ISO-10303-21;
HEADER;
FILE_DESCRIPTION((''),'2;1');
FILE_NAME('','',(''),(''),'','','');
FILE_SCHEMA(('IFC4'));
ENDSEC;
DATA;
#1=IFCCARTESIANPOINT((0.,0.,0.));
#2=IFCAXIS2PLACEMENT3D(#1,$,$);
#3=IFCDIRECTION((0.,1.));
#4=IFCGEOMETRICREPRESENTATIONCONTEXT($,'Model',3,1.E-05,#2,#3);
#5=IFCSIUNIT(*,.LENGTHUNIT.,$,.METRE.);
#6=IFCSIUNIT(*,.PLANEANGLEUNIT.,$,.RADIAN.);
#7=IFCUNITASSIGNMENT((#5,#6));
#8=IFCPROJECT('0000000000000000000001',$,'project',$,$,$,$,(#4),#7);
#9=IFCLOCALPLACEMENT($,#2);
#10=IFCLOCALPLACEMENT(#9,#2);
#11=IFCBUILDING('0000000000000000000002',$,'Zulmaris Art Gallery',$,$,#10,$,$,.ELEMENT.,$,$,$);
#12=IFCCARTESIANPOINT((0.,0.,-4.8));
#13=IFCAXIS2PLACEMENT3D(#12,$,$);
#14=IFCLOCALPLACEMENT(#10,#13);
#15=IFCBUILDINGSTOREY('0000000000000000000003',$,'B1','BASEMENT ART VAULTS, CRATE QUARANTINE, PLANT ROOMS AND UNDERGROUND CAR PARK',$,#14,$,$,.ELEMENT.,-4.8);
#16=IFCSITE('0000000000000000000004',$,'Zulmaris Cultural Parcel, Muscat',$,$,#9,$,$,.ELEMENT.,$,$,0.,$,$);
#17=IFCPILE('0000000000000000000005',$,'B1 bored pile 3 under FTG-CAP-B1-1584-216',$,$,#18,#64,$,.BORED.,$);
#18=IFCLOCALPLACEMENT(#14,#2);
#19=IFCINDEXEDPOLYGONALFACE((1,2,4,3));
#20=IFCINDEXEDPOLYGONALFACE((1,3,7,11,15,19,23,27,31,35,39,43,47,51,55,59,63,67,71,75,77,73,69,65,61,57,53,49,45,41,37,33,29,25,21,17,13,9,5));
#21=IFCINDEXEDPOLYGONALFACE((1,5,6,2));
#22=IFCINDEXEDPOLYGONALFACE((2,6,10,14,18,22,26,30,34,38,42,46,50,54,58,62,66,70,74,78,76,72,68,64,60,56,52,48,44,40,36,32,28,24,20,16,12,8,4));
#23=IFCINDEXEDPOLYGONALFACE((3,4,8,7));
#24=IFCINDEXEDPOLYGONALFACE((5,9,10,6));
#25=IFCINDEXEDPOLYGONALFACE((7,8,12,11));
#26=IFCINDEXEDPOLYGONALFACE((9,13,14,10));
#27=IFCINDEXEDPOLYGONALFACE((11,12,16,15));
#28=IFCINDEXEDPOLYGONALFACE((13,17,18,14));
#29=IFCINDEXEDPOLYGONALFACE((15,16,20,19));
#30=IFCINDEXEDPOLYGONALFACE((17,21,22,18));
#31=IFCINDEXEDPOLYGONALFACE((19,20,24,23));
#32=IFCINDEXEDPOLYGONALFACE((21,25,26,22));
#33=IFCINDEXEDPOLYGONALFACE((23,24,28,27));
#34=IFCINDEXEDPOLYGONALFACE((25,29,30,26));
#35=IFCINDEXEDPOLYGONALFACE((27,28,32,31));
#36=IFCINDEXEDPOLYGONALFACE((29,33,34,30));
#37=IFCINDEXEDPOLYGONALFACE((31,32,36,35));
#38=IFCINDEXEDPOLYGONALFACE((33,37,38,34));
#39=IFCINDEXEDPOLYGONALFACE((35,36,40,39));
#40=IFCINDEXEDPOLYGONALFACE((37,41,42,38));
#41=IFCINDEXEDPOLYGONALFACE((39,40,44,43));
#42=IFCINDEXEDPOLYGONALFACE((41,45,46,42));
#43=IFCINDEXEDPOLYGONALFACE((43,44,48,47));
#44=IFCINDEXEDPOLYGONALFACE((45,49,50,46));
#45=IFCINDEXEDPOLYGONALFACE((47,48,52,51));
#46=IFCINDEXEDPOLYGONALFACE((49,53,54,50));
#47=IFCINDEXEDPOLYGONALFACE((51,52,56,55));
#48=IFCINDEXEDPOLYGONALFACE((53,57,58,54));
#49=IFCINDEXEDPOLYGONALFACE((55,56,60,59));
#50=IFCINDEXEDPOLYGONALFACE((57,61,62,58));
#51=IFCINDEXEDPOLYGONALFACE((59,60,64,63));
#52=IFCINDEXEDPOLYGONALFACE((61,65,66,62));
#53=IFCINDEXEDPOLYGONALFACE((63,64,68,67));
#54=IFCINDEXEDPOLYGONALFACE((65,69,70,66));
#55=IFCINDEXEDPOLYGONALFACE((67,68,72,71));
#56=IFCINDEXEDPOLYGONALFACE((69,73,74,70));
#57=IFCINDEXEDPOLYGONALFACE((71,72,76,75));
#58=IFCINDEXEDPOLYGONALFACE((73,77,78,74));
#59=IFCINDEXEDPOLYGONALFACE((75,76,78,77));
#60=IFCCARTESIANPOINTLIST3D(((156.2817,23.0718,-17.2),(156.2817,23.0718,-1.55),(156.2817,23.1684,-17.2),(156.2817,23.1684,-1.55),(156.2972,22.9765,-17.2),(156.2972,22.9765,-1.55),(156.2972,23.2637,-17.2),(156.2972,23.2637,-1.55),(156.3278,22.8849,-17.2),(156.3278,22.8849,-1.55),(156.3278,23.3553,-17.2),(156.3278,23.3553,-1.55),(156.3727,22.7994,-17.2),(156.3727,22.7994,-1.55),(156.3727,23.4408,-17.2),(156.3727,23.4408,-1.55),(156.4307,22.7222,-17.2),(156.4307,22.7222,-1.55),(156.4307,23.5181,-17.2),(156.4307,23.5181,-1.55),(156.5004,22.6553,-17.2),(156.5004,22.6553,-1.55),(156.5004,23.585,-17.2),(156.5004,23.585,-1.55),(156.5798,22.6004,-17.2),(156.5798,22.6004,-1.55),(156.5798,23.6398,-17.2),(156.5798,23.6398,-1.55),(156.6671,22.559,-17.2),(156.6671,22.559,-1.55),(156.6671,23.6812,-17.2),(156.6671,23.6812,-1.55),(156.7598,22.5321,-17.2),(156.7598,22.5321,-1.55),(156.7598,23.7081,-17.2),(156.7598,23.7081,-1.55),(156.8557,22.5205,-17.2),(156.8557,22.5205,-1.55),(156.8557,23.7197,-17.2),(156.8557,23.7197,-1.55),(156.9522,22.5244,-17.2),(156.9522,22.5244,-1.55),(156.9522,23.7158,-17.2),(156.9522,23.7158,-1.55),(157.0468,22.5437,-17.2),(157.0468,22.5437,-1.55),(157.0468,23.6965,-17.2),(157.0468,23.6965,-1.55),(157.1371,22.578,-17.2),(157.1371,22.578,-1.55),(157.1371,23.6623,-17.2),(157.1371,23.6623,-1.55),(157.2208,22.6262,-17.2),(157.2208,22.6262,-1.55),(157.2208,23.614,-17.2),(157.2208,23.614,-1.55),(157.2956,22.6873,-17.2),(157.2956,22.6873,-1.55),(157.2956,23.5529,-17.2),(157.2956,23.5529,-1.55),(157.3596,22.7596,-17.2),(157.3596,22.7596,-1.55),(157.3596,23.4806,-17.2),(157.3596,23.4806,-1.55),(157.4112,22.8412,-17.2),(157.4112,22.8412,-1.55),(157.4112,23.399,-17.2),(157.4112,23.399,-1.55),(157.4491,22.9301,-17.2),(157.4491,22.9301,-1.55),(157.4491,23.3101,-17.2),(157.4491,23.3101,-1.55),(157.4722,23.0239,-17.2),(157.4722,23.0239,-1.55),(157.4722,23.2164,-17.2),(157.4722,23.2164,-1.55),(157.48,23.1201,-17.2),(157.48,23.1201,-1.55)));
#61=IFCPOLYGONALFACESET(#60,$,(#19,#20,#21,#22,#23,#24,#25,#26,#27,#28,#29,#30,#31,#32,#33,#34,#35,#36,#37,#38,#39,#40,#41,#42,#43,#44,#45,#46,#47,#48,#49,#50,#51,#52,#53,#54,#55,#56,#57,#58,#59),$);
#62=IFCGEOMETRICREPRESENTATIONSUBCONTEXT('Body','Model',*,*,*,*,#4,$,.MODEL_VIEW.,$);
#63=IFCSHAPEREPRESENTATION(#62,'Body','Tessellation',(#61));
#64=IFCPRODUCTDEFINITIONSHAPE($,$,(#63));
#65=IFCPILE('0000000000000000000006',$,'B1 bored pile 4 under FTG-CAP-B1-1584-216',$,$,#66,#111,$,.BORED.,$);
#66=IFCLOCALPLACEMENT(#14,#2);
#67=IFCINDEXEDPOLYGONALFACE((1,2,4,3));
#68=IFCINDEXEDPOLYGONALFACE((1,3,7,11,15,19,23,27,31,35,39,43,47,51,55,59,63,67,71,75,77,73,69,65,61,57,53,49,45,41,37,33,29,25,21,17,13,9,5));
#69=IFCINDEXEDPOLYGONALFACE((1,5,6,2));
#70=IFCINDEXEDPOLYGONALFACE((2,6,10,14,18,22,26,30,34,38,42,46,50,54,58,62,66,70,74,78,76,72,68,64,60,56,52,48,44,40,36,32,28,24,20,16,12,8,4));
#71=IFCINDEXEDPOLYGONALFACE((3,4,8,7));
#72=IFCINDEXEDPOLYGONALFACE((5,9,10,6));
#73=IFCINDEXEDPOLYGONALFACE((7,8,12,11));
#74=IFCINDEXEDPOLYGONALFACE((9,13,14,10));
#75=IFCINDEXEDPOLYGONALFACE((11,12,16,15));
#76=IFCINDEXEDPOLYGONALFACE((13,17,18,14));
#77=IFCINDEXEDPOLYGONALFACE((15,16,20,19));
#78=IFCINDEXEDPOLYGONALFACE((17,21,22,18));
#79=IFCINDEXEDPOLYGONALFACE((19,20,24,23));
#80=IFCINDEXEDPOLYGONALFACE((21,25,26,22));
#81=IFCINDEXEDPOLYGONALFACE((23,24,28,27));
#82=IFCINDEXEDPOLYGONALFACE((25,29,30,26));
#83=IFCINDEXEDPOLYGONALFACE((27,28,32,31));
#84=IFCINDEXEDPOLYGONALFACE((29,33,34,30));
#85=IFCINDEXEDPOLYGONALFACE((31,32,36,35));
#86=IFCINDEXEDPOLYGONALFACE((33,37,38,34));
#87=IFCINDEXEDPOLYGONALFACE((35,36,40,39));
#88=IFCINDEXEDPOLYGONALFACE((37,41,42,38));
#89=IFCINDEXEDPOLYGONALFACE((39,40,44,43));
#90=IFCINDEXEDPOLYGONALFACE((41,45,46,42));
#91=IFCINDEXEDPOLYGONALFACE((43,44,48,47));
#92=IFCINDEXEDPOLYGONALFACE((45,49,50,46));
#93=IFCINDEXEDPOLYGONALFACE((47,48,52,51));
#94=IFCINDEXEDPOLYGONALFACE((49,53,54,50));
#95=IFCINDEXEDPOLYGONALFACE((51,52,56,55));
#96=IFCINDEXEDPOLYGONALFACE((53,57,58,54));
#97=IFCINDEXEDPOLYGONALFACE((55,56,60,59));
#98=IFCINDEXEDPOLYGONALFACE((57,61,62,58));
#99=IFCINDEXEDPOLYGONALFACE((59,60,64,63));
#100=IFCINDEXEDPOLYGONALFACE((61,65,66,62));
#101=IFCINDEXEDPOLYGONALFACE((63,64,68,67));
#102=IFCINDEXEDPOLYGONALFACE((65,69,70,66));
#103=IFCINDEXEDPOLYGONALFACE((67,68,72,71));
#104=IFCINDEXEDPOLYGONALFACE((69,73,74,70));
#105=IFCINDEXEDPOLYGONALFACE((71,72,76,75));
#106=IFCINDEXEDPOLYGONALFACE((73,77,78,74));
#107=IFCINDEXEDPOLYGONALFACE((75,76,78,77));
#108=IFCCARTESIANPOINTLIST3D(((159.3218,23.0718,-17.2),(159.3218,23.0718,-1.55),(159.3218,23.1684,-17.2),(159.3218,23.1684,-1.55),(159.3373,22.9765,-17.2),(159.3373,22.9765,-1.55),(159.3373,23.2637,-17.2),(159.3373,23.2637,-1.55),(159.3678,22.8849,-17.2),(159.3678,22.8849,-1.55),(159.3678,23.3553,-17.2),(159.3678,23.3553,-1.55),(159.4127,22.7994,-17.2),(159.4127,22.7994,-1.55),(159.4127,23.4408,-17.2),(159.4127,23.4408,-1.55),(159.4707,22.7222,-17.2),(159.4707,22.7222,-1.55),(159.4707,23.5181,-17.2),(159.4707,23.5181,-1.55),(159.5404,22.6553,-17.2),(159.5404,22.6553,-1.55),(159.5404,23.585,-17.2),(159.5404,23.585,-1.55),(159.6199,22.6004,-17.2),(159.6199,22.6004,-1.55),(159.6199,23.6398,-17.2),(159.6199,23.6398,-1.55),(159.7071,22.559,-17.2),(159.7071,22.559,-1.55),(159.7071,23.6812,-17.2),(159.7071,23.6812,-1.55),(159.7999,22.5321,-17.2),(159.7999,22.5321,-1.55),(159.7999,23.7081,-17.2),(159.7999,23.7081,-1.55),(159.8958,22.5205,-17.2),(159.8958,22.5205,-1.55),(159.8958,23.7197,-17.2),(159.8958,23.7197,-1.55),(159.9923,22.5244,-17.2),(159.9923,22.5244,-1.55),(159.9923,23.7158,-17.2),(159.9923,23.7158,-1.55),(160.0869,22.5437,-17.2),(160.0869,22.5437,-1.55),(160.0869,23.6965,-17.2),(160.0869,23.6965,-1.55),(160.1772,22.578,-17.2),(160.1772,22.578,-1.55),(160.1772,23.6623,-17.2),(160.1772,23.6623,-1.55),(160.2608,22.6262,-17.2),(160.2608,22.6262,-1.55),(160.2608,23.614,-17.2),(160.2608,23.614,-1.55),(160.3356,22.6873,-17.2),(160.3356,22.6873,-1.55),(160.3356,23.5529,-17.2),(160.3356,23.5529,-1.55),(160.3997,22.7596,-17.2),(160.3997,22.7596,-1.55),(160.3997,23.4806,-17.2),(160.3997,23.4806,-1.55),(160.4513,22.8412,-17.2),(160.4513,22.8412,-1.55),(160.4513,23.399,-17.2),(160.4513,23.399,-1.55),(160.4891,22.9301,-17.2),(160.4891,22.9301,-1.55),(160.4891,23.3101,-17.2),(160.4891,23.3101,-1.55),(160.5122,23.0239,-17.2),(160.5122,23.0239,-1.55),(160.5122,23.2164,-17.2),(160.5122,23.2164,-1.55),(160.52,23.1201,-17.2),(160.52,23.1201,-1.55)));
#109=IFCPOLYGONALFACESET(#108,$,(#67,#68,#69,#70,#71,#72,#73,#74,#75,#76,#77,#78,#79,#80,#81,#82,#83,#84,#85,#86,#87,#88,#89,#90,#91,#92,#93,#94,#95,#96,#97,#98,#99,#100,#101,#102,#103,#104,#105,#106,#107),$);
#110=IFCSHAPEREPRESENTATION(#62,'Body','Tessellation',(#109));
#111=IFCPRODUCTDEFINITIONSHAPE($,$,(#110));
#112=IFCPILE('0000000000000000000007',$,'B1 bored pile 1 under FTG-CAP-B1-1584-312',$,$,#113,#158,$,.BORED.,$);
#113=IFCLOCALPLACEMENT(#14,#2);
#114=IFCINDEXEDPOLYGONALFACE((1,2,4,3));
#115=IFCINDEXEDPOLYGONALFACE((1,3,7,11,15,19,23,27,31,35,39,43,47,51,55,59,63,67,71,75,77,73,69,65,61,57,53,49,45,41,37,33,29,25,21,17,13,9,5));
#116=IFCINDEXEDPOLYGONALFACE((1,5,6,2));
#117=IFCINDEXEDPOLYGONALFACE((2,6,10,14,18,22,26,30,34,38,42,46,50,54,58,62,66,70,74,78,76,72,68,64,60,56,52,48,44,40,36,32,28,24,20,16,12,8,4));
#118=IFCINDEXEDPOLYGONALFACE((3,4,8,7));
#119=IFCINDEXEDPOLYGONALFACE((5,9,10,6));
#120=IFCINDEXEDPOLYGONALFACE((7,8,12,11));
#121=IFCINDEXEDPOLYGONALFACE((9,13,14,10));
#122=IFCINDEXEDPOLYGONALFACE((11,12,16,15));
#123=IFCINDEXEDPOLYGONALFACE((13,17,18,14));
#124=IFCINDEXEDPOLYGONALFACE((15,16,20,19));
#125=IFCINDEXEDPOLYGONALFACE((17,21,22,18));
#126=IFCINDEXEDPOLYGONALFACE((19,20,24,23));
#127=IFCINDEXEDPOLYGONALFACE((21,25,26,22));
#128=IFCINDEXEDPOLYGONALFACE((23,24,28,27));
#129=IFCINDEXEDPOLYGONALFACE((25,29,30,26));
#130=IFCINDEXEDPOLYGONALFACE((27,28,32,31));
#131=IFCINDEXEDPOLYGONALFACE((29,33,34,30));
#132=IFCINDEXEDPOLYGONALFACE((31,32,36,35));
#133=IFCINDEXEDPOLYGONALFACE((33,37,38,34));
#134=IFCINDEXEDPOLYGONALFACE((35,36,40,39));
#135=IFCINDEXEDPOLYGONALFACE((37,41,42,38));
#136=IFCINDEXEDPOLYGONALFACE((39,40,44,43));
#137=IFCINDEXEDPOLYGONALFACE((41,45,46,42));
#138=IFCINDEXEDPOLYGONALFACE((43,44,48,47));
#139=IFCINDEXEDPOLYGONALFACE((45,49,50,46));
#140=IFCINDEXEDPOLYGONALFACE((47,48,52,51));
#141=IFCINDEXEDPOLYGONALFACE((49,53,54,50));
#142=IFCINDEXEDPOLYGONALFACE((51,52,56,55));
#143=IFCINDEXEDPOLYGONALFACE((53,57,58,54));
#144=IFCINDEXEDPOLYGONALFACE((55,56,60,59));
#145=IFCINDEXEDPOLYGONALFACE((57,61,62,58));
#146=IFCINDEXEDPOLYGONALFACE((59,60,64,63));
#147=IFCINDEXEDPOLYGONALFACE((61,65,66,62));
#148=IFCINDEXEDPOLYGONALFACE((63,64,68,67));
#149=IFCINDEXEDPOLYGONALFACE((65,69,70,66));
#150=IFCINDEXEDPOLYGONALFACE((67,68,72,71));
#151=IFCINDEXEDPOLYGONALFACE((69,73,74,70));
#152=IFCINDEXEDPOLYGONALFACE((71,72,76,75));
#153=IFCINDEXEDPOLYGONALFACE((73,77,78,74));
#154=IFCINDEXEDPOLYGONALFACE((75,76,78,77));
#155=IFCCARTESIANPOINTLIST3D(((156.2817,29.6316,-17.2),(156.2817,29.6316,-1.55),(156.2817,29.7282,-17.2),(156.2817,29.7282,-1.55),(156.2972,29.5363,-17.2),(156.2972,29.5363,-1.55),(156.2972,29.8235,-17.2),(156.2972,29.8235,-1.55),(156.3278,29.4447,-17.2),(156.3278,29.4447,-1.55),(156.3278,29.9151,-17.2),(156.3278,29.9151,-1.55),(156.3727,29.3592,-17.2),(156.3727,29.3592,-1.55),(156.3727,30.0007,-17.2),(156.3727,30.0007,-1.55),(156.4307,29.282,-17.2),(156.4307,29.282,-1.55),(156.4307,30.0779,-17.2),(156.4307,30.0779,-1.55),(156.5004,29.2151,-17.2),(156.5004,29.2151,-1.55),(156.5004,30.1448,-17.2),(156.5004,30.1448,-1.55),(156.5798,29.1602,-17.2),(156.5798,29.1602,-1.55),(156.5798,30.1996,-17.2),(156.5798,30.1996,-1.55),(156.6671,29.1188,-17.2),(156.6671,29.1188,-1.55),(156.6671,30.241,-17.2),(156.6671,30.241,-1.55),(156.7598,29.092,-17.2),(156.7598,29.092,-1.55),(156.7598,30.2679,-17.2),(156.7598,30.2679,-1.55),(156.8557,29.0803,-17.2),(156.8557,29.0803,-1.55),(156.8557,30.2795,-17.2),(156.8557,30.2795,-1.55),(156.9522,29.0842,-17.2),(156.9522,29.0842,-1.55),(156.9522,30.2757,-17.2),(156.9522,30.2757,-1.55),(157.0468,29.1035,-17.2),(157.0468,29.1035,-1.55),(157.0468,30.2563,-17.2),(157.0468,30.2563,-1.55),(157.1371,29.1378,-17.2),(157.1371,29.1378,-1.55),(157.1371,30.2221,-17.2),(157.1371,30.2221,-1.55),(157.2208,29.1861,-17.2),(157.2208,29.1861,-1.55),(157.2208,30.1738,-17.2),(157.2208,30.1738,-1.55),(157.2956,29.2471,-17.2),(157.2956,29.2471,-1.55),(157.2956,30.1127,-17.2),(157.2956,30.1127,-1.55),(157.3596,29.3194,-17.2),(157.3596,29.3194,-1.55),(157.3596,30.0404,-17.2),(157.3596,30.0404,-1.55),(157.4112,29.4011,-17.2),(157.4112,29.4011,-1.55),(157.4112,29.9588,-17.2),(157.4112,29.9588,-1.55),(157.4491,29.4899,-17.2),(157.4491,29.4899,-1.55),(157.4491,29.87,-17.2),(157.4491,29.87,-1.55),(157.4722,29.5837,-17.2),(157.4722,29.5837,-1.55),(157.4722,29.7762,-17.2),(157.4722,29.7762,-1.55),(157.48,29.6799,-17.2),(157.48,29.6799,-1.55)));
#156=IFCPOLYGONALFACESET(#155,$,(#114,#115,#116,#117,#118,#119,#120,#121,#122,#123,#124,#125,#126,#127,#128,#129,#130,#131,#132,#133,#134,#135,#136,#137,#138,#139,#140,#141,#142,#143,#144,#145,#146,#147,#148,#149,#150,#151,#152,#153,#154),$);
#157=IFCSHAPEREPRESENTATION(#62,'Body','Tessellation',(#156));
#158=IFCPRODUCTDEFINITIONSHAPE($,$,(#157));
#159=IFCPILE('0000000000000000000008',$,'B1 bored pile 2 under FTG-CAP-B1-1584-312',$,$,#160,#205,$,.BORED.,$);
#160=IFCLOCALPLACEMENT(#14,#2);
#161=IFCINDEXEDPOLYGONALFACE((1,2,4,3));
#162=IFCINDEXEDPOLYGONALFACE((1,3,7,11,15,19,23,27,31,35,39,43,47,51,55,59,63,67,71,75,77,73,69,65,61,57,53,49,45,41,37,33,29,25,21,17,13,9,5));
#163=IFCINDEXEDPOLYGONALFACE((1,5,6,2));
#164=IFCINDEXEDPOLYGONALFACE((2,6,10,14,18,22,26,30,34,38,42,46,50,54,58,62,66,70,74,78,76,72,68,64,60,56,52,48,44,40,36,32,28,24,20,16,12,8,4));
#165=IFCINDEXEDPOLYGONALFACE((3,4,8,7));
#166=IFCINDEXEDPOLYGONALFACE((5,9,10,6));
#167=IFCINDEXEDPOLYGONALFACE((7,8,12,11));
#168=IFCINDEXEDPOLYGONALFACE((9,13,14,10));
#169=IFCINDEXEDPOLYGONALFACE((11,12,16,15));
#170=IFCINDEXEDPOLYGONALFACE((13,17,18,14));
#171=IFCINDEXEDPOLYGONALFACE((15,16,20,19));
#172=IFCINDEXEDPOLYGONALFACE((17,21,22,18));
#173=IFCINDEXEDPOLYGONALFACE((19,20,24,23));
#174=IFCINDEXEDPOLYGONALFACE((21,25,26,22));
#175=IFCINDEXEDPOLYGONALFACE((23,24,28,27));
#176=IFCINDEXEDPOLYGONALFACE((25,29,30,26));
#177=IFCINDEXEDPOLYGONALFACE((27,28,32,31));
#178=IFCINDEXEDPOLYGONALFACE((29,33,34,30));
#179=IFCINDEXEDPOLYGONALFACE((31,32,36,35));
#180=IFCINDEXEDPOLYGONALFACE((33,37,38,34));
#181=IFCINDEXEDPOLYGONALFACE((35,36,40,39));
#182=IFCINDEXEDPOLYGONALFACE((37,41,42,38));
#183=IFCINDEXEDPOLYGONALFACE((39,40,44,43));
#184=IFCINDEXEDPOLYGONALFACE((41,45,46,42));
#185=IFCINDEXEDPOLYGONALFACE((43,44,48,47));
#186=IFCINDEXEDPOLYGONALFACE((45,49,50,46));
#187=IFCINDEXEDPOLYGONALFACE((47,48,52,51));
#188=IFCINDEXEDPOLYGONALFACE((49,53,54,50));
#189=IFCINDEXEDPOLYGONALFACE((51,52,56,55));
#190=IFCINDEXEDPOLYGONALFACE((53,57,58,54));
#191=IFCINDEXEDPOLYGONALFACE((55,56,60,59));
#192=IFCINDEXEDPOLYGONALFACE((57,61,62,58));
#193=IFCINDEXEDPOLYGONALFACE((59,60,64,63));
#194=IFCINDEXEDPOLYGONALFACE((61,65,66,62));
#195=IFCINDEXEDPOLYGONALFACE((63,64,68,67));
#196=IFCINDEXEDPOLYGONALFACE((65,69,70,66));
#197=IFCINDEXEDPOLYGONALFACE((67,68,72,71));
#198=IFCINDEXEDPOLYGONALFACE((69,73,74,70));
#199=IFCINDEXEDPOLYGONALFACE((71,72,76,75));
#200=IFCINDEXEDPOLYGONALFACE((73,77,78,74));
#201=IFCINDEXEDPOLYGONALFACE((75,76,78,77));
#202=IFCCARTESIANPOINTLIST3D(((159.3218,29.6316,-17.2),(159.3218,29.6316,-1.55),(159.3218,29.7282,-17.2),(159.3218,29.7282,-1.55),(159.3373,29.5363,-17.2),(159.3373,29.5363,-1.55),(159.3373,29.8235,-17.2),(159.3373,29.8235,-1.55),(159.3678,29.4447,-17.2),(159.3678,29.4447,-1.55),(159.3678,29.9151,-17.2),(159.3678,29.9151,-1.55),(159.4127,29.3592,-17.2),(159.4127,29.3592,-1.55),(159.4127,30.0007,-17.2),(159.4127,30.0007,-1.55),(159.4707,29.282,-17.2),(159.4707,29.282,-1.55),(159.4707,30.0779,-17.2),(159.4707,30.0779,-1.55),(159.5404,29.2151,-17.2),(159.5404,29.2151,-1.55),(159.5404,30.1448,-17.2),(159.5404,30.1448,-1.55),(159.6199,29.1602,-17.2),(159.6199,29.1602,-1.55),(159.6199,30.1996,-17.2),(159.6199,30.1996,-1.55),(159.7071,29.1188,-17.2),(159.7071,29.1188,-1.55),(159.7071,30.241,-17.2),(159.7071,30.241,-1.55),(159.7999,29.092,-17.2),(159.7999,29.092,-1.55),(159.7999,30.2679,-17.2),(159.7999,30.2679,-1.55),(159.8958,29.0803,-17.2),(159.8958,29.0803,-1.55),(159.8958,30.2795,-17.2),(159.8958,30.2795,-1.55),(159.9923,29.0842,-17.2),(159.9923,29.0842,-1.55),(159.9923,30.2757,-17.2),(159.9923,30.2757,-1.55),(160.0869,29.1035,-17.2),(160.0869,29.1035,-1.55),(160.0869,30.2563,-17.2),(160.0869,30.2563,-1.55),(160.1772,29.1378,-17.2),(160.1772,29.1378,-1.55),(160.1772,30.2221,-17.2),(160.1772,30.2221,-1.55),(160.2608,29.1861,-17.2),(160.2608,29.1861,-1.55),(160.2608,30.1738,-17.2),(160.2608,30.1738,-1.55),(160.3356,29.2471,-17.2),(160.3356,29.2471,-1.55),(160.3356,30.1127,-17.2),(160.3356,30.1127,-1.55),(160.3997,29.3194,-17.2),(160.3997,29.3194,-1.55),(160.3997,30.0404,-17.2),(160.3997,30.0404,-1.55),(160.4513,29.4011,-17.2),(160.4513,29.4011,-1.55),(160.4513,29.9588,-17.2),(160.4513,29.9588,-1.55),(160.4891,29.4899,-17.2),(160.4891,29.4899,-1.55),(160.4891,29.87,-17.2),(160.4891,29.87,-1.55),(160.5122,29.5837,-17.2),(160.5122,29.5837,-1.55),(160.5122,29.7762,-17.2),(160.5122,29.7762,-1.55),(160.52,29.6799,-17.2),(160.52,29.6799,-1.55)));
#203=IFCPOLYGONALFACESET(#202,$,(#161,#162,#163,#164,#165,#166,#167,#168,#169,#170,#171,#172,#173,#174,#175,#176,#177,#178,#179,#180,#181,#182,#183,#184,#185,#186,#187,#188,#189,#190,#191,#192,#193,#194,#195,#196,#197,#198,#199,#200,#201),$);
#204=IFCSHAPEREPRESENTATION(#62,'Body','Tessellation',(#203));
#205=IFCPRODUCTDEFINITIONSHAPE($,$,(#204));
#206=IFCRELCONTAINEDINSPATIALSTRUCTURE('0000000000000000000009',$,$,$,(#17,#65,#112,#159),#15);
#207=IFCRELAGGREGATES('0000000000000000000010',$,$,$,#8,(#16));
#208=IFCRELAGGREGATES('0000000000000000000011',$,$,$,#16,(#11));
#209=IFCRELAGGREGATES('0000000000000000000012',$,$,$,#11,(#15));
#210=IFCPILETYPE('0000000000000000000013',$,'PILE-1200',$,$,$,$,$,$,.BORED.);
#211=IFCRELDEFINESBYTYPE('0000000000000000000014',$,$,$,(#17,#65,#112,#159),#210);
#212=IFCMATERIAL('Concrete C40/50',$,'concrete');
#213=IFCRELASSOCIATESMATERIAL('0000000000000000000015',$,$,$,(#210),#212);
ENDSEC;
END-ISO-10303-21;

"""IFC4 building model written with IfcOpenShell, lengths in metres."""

from ifc_helpers import new_model, si_unit, direction, frame, origin, origin_2d, place, context, subcontext, project, spatial, circle, extrude, material, material_profile, profile_set, type_object, element, save


model = new_model("IFC4")

# Units and contexts
model_context = context("Model", 3, precision=1e-05, world=origin(), true_north=direction((0.0, 1.0)))
body_context = subcontext(model_context, "Body", "Model", "MODEL_VIEW")
ifc_project = project(units=[si_unit("LENGTHUNIT", "METRE"), si_unit("PLANEANGLEUNIT", "RADIAN")], contexts=[model_context])

# Site, building, storey
site_placement = place(None, origin())
site = spatial("IfcSite", under=ifc_project, at=site_placement, Name="Zulmaris Cultural Parcel, Muscat", CompositionType="ELEMENT", RefElevation=0.0)
building_placement = place(site_placement, origin())
building = spatial("IfcBuilding", under=site, at=building_placement, Name="Zulmaris Art Gallery", CompositionType="ELEMENT")
storey_placement = place(building_placement, frame((0.0, 0.0, -4.8)))
storey = spatial("IfcBuildingStorey", under=building, at=storey_placement, Name="B1", Description="BASEMENT ART VAULTS, CRATE QUARANTINE, PLANT ROOMS AND UNDERGROUND CAR PARK", CompositionType="ELEMENT", Elevation=-4.8)

# Piles
ifc_material_1 = material(Name="Concrete C40/50", Category="concrete")
ifc_material_profile_1 = material_profile(ifc_material_1, circle(Radius=0.6001, at=origin_2d()), Name="PILE DIA 1200")
ifc_profile_set_1 = profile_set([ifc_material_profile_1], Name="Concrete C40/50")
pile_type = type_object("IfcPileType", Name="PILE-1200", PredefinedType="BORED", material=ifc_profile_set_1)
for number, where, z_axis, x_axis, name in (
    (1, (156.8799, 23.1201, -1.55), (0.0, 0.0, -1.0), (1.0, 0.0, 0.0), "B1 bored pile 3 under FTG-CAP-B1-1584-216"),
    (2, (159.9199, 23.1201, -1.55), (0.0, 0.0, -1.0), (1.0, 0.0, 0.0), "B1 bored pile 4 under FTG-CAP-B1-1584-216"),
    (3, (156.8799, 29.6799, -1.55), (0.0, 0.0, -1.0), (1.0, 0.0, 0.0), "B1 bored pile 1 under FTG-CAP-B1-1584-312"),
    (4, (159.9199, 29.6799, -1.55), (0.0, 0.0, -1.0), (1.0, 0.0, 0.0), "B1 bored pile 2 under FTG-CAP-B1-1584-312"),
):
    element("IfcPile", number, at=place(storey_placement, frame(where, z_axis=z_axis, x_axis=x_axis)), inside=storey, type_object=pile_type, Name=name, PredefinedType="BORED", context=body_context, shape_type="SweptSolid", body=[
        extrude(circle(Radius=0.6001, at=origin_2d()), origin(), (0.0, 0.0, 1.0), 15.6499),
    ])

save(model, "model.ifc")
